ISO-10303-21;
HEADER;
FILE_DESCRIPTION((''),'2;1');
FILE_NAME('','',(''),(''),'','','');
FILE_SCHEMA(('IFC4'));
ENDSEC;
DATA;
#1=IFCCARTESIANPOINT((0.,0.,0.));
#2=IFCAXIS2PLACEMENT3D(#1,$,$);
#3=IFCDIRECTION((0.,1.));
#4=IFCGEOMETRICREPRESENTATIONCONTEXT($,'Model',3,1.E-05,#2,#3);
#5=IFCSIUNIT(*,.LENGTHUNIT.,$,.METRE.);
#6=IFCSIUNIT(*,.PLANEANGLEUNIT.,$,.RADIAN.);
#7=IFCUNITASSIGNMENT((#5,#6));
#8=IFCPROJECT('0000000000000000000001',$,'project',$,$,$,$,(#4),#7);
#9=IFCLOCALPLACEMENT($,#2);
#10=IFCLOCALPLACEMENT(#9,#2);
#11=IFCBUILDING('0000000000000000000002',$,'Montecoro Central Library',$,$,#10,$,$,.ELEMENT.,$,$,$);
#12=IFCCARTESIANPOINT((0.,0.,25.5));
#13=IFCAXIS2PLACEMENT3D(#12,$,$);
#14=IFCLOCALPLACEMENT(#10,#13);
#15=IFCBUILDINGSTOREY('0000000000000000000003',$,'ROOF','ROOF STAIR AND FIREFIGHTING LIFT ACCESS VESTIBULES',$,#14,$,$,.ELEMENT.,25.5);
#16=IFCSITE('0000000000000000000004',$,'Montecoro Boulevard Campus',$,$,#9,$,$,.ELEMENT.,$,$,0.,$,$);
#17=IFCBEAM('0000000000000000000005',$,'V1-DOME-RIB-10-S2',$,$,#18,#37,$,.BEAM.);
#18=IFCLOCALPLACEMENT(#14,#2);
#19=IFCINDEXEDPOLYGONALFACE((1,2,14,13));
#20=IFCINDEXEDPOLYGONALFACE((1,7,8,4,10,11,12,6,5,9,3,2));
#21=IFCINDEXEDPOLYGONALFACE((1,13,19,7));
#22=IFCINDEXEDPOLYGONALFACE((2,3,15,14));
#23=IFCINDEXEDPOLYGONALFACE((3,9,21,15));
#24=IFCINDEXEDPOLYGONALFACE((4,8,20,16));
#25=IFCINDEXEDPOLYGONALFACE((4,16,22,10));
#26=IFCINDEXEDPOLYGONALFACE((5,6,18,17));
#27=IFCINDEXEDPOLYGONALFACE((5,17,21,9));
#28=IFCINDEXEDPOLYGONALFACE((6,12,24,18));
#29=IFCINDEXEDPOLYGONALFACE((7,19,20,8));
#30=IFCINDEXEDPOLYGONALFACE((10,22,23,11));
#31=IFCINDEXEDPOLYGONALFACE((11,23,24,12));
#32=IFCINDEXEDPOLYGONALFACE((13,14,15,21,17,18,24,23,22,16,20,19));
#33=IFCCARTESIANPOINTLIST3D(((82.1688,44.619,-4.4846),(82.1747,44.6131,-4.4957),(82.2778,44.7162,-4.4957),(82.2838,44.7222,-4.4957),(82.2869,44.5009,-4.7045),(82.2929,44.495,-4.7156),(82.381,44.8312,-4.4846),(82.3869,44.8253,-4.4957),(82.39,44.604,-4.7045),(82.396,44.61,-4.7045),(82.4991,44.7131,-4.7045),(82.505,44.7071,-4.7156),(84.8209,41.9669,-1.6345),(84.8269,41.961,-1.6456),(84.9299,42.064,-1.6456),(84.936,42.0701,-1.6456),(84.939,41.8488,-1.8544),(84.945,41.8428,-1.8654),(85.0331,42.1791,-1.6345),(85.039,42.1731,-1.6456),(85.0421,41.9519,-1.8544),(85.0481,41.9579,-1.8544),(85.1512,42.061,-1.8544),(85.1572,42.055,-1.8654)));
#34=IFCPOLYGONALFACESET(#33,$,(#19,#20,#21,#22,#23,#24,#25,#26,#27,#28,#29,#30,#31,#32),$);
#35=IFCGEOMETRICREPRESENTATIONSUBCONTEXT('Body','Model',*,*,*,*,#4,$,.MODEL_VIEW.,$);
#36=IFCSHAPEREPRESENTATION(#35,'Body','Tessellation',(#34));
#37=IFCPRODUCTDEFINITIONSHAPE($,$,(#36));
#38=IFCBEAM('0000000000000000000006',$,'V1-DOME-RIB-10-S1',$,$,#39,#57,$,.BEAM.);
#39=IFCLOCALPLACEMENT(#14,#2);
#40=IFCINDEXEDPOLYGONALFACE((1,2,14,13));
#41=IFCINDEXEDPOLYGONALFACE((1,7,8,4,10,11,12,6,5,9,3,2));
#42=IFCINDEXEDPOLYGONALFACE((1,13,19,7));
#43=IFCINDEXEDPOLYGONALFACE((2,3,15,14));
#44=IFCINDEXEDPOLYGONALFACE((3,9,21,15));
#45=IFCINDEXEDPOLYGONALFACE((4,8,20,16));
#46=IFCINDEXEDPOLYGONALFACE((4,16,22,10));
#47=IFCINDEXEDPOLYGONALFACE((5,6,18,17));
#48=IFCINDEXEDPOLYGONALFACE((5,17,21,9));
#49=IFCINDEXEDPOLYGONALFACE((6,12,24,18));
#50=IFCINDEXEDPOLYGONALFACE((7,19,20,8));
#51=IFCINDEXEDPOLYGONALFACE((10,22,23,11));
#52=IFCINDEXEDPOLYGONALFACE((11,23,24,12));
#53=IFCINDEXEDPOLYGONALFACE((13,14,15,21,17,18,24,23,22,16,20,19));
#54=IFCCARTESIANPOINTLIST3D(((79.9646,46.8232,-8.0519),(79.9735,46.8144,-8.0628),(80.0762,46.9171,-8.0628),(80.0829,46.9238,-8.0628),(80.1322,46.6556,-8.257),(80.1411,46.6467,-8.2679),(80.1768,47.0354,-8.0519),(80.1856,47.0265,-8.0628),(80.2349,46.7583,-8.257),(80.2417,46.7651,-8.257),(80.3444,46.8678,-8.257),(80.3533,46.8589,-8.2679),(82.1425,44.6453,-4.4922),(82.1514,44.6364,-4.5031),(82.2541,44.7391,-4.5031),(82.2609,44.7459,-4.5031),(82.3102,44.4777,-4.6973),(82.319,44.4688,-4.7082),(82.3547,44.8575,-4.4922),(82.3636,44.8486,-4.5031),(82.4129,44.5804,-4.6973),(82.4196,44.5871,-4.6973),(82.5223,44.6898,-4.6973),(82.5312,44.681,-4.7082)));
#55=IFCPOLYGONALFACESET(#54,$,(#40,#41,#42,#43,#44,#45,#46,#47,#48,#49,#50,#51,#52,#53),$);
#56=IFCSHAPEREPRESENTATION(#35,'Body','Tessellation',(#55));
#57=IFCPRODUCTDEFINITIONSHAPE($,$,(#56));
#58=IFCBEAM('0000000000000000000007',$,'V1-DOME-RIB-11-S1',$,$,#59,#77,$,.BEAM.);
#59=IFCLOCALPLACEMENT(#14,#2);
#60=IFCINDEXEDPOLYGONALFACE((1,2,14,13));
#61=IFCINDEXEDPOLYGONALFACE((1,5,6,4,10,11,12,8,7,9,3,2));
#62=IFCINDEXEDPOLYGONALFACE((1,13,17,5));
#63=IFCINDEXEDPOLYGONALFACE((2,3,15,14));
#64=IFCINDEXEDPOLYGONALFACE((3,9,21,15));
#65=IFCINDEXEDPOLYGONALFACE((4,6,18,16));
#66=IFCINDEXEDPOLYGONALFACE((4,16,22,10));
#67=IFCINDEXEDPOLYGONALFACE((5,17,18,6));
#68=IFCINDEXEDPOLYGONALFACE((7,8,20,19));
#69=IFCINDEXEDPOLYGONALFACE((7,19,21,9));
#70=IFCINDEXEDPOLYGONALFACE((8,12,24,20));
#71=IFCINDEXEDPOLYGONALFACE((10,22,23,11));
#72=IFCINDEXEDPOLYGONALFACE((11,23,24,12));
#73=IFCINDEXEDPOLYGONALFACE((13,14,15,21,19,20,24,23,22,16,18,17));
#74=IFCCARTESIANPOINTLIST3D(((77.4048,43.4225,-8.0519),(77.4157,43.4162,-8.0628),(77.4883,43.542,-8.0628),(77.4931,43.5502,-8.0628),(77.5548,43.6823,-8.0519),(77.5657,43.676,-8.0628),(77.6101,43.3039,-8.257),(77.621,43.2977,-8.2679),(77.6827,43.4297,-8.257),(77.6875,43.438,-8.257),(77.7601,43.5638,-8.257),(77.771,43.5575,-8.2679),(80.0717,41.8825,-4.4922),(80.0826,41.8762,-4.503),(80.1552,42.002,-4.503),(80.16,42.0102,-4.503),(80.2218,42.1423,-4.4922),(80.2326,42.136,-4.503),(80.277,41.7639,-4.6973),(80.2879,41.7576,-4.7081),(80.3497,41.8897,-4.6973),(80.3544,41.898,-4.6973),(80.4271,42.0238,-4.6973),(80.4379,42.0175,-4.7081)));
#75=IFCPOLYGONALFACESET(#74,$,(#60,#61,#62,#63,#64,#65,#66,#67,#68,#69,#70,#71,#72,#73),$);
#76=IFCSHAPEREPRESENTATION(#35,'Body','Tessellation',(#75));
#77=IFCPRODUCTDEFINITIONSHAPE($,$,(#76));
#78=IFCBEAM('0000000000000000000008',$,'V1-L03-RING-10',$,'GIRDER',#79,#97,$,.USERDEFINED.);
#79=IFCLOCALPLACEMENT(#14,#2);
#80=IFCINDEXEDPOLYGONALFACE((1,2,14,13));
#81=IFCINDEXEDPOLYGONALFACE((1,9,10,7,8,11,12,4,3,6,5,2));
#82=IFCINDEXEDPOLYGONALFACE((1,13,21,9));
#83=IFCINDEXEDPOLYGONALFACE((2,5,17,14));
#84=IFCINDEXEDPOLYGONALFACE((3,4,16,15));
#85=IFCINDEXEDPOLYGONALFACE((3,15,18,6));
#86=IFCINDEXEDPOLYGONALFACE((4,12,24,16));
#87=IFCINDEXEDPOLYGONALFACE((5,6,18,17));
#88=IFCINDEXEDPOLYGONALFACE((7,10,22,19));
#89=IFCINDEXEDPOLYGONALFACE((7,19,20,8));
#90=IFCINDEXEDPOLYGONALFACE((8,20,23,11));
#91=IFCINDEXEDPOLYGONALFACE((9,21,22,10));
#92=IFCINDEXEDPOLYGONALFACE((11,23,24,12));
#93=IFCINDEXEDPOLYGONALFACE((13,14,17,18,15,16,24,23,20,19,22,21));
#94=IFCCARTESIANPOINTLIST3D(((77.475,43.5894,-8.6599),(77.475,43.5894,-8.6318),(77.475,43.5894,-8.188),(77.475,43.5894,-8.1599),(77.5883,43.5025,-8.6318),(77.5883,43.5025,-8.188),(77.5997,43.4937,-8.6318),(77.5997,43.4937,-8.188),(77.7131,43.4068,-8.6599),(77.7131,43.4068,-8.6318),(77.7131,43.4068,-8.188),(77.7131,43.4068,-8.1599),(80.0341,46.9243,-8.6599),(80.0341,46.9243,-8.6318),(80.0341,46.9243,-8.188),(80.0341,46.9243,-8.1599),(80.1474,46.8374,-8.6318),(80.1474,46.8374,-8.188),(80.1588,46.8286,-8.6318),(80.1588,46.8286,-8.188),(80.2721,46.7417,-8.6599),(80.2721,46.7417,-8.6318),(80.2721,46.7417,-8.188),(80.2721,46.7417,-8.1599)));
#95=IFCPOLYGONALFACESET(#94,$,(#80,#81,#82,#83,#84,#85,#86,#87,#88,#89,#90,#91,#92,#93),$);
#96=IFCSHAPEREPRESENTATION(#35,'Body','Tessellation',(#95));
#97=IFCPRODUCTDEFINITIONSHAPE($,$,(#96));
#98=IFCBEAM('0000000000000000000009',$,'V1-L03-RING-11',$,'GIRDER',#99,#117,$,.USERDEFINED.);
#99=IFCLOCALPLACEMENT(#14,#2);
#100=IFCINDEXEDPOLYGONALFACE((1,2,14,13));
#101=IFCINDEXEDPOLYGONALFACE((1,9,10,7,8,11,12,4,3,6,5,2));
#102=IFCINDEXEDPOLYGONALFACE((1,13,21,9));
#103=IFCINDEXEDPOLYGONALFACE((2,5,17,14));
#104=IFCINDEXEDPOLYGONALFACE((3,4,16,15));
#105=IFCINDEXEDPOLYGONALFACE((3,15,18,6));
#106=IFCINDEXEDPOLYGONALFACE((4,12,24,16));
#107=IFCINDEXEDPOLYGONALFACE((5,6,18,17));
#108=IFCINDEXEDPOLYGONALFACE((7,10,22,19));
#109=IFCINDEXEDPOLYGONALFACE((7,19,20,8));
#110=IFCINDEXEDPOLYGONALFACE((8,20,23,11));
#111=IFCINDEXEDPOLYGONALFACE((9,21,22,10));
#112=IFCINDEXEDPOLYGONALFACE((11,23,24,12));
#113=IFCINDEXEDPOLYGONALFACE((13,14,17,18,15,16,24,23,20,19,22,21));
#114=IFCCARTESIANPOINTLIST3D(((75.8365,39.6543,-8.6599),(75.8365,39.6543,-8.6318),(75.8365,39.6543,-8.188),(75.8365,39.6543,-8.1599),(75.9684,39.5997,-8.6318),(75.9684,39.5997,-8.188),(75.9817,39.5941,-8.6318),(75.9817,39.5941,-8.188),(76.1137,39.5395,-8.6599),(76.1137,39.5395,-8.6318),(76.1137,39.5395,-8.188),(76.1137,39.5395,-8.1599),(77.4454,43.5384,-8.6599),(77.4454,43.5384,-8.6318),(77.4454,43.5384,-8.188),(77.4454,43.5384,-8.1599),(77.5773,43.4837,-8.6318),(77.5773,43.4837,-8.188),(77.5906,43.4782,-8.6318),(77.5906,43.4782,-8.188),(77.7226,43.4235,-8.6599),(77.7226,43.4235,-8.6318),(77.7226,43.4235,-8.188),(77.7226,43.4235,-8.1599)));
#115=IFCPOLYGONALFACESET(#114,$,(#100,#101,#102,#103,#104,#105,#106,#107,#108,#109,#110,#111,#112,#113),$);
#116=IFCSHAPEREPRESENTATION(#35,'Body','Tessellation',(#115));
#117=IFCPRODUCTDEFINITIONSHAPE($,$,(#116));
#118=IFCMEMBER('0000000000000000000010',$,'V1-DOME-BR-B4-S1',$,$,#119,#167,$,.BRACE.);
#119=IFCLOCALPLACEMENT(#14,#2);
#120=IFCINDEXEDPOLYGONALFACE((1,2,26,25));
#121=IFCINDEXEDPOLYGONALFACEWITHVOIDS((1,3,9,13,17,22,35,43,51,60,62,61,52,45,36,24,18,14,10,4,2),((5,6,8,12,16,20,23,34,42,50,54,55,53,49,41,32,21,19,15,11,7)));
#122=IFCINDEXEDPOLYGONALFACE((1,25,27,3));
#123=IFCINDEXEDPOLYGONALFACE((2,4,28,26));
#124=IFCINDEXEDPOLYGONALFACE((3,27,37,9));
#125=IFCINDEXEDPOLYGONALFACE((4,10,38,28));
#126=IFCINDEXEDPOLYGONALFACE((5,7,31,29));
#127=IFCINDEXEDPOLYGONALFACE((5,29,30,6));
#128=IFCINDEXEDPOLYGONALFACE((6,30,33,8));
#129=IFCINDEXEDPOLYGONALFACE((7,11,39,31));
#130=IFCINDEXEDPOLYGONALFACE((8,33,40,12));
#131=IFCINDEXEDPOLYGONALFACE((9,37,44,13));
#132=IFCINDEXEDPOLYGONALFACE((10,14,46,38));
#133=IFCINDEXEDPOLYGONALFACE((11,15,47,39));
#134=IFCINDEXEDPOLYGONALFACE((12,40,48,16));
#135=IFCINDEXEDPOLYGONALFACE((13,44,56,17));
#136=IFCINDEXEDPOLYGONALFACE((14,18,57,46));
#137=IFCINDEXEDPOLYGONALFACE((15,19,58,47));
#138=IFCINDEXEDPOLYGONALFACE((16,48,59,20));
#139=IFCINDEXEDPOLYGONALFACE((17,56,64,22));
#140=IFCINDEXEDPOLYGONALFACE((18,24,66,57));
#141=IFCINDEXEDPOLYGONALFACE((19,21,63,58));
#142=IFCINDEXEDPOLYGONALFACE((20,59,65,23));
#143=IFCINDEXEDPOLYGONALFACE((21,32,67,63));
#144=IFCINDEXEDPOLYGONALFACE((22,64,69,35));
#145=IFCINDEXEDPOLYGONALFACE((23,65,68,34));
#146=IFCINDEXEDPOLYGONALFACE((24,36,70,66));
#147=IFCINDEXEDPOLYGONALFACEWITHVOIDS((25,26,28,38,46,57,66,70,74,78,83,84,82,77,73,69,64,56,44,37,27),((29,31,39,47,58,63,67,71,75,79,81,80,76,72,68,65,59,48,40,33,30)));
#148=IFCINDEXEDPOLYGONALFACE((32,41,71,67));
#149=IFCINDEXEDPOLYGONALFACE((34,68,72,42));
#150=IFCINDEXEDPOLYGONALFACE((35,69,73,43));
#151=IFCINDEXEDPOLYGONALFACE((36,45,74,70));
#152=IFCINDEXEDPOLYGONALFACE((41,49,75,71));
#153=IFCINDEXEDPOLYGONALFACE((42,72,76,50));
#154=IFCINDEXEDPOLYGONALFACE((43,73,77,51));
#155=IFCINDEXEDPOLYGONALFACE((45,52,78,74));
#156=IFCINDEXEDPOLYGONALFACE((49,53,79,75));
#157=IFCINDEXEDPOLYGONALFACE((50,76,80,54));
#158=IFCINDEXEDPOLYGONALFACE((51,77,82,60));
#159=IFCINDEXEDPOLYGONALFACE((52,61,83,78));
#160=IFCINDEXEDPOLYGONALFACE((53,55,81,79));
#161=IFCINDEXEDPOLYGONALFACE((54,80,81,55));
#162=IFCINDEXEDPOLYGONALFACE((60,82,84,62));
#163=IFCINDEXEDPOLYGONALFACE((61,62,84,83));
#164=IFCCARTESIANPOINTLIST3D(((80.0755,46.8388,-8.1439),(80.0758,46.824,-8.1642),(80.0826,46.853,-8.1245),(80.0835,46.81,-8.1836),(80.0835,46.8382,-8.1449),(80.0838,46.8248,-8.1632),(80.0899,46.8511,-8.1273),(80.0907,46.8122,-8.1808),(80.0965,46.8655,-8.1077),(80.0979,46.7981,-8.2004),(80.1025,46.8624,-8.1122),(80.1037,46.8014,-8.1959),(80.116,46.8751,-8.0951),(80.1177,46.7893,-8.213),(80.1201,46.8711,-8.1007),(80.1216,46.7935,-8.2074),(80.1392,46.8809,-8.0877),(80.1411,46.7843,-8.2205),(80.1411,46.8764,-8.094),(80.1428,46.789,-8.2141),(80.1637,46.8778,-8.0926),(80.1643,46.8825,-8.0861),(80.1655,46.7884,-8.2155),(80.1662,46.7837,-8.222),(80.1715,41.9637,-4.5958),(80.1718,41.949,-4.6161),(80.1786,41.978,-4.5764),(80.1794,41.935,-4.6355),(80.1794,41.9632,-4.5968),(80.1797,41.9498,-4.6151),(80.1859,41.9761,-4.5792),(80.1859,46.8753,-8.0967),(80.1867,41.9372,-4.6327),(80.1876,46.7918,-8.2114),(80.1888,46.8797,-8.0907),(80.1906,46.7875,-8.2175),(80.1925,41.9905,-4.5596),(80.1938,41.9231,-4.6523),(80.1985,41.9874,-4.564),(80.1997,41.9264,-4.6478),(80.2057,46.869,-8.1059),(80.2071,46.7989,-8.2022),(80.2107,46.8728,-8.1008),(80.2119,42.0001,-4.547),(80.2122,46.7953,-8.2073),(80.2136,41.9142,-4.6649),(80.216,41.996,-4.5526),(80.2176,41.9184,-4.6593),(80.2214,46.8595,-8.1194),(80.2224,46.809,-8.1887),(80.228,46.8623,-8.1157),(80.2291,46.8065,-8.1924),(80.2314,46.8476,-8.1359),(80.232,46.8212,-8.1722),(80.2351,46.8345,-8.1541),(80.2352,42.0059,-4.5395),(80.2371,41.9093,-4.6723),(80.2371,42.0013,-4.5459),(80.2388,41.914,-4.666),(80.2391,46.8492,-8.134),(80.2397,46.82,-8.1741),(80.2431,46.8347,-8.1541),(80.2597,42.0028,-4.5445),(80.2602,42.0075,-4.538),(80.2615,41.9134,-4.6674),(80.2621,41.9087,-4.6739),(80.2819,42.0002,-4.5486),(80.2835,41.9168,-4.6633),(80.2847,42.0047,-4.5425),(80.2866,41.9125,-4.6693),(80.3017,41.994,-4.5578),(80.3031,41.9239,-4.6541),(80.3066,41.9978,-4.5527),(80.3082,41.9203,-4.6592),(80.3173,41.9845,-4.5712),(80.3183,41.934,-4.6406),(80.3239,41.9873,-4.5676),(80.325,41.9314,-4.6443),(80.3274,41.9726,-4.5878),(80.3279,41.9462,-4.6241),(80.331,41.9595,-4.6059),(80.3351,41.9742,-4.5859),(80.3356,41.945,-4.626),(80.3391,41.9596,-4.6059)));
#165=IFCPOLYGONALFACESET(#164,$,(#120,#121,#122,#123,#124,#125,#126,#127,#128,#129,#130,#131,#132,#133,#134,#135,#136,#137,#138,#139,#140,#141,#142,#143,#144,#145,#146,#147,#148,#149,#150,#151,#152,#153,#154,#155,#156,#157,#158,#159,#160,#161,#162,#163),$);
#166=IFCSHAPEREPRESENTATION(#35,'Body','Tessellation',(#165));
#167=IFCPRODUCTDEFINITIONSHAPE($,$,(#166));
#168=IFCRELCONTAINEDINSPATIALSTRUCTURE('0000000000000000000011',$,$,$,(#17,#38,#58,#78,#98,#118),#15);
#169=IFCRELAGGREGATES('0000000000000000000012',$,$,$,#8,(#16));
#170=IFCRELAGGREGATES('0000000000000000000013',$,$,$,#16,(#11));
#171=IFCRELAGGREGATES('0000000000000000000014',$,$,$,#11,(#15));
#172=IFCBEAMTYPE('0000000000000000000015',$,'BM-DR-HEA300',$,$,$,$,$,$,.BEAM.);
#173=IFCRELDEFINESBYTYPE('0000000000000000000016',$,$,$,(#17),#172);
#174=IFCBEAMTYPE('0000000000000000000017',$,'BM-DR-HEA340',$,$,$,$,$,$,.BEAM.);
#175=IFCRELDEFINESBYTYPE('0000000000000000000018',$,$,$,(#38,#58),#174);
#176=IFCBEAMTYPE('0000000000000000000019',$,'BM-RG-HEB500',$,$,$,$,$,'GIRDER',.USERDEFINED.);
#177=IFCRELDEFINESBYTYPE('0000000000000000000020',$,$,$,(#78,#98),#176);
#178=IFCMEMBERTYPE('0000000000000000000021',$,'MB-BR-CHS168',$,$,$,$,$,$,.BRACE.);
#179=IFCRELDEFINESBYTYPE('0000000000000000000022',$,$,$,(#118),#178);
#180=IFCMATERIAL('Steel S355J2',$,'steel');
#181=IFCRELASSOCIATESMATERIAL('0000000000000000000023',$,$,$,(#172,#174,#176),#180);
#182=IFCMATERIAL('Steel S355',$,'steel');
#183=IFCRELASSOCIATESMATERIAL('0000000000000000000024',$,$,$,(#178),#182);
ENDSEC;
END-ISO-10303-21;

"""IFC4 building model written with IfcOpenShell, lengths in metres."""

from ifc_helpers import new_model, si_unit, direction, frame, origin, origin_2d, place, context, subcontext, project, spatial, hollow_circle, i_section, extrude, material, material_profile, profile_set, type_object, element, save


model = new_model("IFC4")

# Units and contexts
model_context = context("Model", 3, precision=1e-05, world=origin(), true_north=direction((0.0, 1.0)))
body_context = subcontext(model_context, "Body", "Model", "MODEL_VIEW")
ifc_project = project(units=[si_unit("LENGTHUNIT", "METRE"), si_unit("PLANEANGLEUNIT", "RADIAN")], contexts=[model_context])

# Site, building, storey
site_placement = place(None, origin())
site = spatial("IfcSite", under=ifc_project, at=site_placement, Name="Montecoro Boulevard Campus", CompositionType="ELEMENT", RefElevation=0.0)
building_placement = place(site_placement, origin())
building = spatial("IfcBuilding", under=site, at=building_placement, Name="Montecoro Central Library", CompositionType="ELEMENT")
storey_placement = place(building_placement, frame((0.0, 0.0, 25.5)))
storey = spatial("IfcBuildingStorey", under=building, at=storey_placement, Name="ROOF", Description="ROOF STAIR AND FIREFIGHTING LIFT ACCESS VESTIBULES", CompositionType="ELEMENT", Elevation=25.5)

# Beams
ifc_material_1 = material(Name="Steel S355J2", Category="steel")
ifc_material_profile_1 = material_profile(ifc_material_1, i_section(OverallWidth=0.3, OverallDepth=0.29, WebThickness=0.0085, FlangeThickness=0.0139, at=origin_2d()), Name="HEA 300")
ifc_profile_set_1 = profile_set([ifc_material_profile_1], Name="Steel S355J2")
beam_type_1 = type_object("IfcBeamType", Name="BM-DR-HEA300", PredefinedType="BEAM", material=ifc_profile_set_1)
beam_1_placement = place(storey_placement, frame((82.3369, 44.6631, -4.6001), z_axis=(0.563, -0.563, 0.605031), x_axis=(0.707107, 0.707107, 0.0)))
element("IfcBeam", 1, at=beam_1_placement, inside=storey, type_object=beam_type_1, Name="V1-DOME-RIB-10-S2", PredefinedType="BEAM", context=body_context, shape_type="SweptSolid", body=[
    extrude(i_section(OverallWidth=0.3, OverallDepth=0.29, WebThickness=0.0085, FlangeThickness=0.0139, at=origin_2d()), origin(), (0.0, 0.0, 1.0), 4.7107),
])
ifc_material_profile_2 = material_profile(ifc_material_1, i_section(OverallWidth=0.3, OverallDepth=0.3301, WebThickness=0.0095, FlangeThickness=0.0166, at=origin_2d()), Name="HEA 340")
ifc_profile_set_2 = profile_set([ifc_material_profile_2], Name="Steel S355J2")
beam_type_2 = type_object("IfcBeamType", Name="BM-DR-HEA340", PredefinedType="BEAM", material=ifc_profile_set_2)
beam_2_placement = place(storey_placement, frame((80.1589, 46.8411, -8.1599), z_axis=(0.462673, -0.462673, 0.756219), x_axis=(0.707107, 0.707107, 0.0)))
element("IfcBeam", 2, at=beam_2_placement, inside=storey, type_object=beam_type_2, Name="V1-DOME-RIB-10-S1", PredefinedType="BEAM", context=body_context, shape_type="SweptSolid", body=[
    extrude(i_section(OverallWidth=0.3, OverallDepth=0.3301, WebThickness=0.0095, FlangeThickness=0.0166, at=origin_2d()), origin(), (0.0, 0.0, 1.0), 4.7073),
])
beam_3_placement = place(storey_placement, frame((77.5879, 43.49, -8.1599), z_axis=(0.566589, -0.327173, 0.756264), x_axis=(0.500061, 0.86599, 0.0)))
element("IfcBeam", 3, at=beam_3_placement, inside=storey, type_object=beam_type_2, Name="V1-DOME-RIB-11-S1", PredefinedType="BEAM", context=body_context, shape_type="SweptSolid", body=[
    extrude(i_section(OverallWidth=0.3, OverallDepth=0.3301, WebThickness=0.0095, FlangeThickness=0.0166, at=origin_2d()), origin(), (0.0, 0.0, 1.0), 4.707),
])
ifc_material_profile_3 = material_profile(ifc_material_1, i_section(OverallWidth=0.3, OverallDepth=0.5, WebThickness=0.0144, FlangeThickness=0.0281, at=origin_2d()), Name="HEB 500")
ifc_profile_set_3 = profile_set([ifc_material_profile_3], Name="Steel S355J2")
beam_type_3 = type_object("IfcBeamType", Name="BM-RG-HEB500", ElementType="GIRDER", PredefinedType="USERDEFINED", material=ifc_profile_set_3)
beam_4_placement = place(storey_placement, frame((80.1531, 46.833, -8.4099), z_axis=(-0.608773, -0.793345, 0.0), x_axis=(0.793345, -0.608773, 0.0)))
element("IfcBeam", 4, at=beam_4_placement, inside=storey, type_object=beam_type_3, Name="V1-L03-RING-10", ObjectType="GIRDER", PredefinedType="USERDEFINED", context=body_context, shape_type="SweptSolid", body=[
    extrude(i_section(OverallWidth=0.3, OverallDepth=0.5, WebThickness=0.0144, FlangeThickness=0.0281, at=origin_2d()), origin(), (0.0, 0.0, 1.0), 4.2036),
])
beam_5_placement = place(storey_placement, frame((77.584, 43.481, -8.4099), z_axis=(-0.382697, -0.923874, 0.0), x_axis=(0.923874, -0.382697, 0.0)))
element("IfcBeam", 5, at=beam_5_placement, inside=storey, type_object=beam_type_3, Name="V1-L03-RING-11", ObjectType="GIRDER", PredefinedType="USERDEFINED", context=body_context, shape_type="SweptSolid", body=[
    extrude(i_section(OverallWidth=0.3, OverallDepth=0.5, WebThickness=0.0144, FlangeThickness=0.0281, at=origin_2d()), origin(), (0.0, 0.0, 1.0), 4.2041),
])

# Member
ifc_material_2 = material(Name="Steel S355", Category="steel")
ifc_material_profile_4 = material_profile(ifc_material_2, hollow_circle(Radius=0.0842, WallThickness=0.0081, at=origin_2d()), Name="CHS 168.3x8.0")
ifc_profile_set_4 = profile_set([ifc_material_profile_4], Name="Steel S355")
member_type_1 = type_object("IfcMemberType", Name="MB-BR-CHS168", PredefinedType="BRACE", material=ifc_profile_set_4)
member_1_placement = place(storey_placement, frame((80.1589, 46.833, -8.1541), z_axis=(0.015911, -0.808425, 0.588384), x_axis=(0.999806, 0.019678, 0.0)))
element("IfcMember", 6, at=member_1_placement, inside=storey, type_object=member_type_1, Name="V1-DOME-BR-B4-S1", PredefinedType="BRACE", context=body_context, shape_type="SweptSolid", body=[
    extrude(hollow_circle(Radius=0.0842, WallThickness=0.0081, at=origin_2d()), origin(), (0.0, 0.0, 1.0), 6.0303),
])

save(model, "model.ifc")
